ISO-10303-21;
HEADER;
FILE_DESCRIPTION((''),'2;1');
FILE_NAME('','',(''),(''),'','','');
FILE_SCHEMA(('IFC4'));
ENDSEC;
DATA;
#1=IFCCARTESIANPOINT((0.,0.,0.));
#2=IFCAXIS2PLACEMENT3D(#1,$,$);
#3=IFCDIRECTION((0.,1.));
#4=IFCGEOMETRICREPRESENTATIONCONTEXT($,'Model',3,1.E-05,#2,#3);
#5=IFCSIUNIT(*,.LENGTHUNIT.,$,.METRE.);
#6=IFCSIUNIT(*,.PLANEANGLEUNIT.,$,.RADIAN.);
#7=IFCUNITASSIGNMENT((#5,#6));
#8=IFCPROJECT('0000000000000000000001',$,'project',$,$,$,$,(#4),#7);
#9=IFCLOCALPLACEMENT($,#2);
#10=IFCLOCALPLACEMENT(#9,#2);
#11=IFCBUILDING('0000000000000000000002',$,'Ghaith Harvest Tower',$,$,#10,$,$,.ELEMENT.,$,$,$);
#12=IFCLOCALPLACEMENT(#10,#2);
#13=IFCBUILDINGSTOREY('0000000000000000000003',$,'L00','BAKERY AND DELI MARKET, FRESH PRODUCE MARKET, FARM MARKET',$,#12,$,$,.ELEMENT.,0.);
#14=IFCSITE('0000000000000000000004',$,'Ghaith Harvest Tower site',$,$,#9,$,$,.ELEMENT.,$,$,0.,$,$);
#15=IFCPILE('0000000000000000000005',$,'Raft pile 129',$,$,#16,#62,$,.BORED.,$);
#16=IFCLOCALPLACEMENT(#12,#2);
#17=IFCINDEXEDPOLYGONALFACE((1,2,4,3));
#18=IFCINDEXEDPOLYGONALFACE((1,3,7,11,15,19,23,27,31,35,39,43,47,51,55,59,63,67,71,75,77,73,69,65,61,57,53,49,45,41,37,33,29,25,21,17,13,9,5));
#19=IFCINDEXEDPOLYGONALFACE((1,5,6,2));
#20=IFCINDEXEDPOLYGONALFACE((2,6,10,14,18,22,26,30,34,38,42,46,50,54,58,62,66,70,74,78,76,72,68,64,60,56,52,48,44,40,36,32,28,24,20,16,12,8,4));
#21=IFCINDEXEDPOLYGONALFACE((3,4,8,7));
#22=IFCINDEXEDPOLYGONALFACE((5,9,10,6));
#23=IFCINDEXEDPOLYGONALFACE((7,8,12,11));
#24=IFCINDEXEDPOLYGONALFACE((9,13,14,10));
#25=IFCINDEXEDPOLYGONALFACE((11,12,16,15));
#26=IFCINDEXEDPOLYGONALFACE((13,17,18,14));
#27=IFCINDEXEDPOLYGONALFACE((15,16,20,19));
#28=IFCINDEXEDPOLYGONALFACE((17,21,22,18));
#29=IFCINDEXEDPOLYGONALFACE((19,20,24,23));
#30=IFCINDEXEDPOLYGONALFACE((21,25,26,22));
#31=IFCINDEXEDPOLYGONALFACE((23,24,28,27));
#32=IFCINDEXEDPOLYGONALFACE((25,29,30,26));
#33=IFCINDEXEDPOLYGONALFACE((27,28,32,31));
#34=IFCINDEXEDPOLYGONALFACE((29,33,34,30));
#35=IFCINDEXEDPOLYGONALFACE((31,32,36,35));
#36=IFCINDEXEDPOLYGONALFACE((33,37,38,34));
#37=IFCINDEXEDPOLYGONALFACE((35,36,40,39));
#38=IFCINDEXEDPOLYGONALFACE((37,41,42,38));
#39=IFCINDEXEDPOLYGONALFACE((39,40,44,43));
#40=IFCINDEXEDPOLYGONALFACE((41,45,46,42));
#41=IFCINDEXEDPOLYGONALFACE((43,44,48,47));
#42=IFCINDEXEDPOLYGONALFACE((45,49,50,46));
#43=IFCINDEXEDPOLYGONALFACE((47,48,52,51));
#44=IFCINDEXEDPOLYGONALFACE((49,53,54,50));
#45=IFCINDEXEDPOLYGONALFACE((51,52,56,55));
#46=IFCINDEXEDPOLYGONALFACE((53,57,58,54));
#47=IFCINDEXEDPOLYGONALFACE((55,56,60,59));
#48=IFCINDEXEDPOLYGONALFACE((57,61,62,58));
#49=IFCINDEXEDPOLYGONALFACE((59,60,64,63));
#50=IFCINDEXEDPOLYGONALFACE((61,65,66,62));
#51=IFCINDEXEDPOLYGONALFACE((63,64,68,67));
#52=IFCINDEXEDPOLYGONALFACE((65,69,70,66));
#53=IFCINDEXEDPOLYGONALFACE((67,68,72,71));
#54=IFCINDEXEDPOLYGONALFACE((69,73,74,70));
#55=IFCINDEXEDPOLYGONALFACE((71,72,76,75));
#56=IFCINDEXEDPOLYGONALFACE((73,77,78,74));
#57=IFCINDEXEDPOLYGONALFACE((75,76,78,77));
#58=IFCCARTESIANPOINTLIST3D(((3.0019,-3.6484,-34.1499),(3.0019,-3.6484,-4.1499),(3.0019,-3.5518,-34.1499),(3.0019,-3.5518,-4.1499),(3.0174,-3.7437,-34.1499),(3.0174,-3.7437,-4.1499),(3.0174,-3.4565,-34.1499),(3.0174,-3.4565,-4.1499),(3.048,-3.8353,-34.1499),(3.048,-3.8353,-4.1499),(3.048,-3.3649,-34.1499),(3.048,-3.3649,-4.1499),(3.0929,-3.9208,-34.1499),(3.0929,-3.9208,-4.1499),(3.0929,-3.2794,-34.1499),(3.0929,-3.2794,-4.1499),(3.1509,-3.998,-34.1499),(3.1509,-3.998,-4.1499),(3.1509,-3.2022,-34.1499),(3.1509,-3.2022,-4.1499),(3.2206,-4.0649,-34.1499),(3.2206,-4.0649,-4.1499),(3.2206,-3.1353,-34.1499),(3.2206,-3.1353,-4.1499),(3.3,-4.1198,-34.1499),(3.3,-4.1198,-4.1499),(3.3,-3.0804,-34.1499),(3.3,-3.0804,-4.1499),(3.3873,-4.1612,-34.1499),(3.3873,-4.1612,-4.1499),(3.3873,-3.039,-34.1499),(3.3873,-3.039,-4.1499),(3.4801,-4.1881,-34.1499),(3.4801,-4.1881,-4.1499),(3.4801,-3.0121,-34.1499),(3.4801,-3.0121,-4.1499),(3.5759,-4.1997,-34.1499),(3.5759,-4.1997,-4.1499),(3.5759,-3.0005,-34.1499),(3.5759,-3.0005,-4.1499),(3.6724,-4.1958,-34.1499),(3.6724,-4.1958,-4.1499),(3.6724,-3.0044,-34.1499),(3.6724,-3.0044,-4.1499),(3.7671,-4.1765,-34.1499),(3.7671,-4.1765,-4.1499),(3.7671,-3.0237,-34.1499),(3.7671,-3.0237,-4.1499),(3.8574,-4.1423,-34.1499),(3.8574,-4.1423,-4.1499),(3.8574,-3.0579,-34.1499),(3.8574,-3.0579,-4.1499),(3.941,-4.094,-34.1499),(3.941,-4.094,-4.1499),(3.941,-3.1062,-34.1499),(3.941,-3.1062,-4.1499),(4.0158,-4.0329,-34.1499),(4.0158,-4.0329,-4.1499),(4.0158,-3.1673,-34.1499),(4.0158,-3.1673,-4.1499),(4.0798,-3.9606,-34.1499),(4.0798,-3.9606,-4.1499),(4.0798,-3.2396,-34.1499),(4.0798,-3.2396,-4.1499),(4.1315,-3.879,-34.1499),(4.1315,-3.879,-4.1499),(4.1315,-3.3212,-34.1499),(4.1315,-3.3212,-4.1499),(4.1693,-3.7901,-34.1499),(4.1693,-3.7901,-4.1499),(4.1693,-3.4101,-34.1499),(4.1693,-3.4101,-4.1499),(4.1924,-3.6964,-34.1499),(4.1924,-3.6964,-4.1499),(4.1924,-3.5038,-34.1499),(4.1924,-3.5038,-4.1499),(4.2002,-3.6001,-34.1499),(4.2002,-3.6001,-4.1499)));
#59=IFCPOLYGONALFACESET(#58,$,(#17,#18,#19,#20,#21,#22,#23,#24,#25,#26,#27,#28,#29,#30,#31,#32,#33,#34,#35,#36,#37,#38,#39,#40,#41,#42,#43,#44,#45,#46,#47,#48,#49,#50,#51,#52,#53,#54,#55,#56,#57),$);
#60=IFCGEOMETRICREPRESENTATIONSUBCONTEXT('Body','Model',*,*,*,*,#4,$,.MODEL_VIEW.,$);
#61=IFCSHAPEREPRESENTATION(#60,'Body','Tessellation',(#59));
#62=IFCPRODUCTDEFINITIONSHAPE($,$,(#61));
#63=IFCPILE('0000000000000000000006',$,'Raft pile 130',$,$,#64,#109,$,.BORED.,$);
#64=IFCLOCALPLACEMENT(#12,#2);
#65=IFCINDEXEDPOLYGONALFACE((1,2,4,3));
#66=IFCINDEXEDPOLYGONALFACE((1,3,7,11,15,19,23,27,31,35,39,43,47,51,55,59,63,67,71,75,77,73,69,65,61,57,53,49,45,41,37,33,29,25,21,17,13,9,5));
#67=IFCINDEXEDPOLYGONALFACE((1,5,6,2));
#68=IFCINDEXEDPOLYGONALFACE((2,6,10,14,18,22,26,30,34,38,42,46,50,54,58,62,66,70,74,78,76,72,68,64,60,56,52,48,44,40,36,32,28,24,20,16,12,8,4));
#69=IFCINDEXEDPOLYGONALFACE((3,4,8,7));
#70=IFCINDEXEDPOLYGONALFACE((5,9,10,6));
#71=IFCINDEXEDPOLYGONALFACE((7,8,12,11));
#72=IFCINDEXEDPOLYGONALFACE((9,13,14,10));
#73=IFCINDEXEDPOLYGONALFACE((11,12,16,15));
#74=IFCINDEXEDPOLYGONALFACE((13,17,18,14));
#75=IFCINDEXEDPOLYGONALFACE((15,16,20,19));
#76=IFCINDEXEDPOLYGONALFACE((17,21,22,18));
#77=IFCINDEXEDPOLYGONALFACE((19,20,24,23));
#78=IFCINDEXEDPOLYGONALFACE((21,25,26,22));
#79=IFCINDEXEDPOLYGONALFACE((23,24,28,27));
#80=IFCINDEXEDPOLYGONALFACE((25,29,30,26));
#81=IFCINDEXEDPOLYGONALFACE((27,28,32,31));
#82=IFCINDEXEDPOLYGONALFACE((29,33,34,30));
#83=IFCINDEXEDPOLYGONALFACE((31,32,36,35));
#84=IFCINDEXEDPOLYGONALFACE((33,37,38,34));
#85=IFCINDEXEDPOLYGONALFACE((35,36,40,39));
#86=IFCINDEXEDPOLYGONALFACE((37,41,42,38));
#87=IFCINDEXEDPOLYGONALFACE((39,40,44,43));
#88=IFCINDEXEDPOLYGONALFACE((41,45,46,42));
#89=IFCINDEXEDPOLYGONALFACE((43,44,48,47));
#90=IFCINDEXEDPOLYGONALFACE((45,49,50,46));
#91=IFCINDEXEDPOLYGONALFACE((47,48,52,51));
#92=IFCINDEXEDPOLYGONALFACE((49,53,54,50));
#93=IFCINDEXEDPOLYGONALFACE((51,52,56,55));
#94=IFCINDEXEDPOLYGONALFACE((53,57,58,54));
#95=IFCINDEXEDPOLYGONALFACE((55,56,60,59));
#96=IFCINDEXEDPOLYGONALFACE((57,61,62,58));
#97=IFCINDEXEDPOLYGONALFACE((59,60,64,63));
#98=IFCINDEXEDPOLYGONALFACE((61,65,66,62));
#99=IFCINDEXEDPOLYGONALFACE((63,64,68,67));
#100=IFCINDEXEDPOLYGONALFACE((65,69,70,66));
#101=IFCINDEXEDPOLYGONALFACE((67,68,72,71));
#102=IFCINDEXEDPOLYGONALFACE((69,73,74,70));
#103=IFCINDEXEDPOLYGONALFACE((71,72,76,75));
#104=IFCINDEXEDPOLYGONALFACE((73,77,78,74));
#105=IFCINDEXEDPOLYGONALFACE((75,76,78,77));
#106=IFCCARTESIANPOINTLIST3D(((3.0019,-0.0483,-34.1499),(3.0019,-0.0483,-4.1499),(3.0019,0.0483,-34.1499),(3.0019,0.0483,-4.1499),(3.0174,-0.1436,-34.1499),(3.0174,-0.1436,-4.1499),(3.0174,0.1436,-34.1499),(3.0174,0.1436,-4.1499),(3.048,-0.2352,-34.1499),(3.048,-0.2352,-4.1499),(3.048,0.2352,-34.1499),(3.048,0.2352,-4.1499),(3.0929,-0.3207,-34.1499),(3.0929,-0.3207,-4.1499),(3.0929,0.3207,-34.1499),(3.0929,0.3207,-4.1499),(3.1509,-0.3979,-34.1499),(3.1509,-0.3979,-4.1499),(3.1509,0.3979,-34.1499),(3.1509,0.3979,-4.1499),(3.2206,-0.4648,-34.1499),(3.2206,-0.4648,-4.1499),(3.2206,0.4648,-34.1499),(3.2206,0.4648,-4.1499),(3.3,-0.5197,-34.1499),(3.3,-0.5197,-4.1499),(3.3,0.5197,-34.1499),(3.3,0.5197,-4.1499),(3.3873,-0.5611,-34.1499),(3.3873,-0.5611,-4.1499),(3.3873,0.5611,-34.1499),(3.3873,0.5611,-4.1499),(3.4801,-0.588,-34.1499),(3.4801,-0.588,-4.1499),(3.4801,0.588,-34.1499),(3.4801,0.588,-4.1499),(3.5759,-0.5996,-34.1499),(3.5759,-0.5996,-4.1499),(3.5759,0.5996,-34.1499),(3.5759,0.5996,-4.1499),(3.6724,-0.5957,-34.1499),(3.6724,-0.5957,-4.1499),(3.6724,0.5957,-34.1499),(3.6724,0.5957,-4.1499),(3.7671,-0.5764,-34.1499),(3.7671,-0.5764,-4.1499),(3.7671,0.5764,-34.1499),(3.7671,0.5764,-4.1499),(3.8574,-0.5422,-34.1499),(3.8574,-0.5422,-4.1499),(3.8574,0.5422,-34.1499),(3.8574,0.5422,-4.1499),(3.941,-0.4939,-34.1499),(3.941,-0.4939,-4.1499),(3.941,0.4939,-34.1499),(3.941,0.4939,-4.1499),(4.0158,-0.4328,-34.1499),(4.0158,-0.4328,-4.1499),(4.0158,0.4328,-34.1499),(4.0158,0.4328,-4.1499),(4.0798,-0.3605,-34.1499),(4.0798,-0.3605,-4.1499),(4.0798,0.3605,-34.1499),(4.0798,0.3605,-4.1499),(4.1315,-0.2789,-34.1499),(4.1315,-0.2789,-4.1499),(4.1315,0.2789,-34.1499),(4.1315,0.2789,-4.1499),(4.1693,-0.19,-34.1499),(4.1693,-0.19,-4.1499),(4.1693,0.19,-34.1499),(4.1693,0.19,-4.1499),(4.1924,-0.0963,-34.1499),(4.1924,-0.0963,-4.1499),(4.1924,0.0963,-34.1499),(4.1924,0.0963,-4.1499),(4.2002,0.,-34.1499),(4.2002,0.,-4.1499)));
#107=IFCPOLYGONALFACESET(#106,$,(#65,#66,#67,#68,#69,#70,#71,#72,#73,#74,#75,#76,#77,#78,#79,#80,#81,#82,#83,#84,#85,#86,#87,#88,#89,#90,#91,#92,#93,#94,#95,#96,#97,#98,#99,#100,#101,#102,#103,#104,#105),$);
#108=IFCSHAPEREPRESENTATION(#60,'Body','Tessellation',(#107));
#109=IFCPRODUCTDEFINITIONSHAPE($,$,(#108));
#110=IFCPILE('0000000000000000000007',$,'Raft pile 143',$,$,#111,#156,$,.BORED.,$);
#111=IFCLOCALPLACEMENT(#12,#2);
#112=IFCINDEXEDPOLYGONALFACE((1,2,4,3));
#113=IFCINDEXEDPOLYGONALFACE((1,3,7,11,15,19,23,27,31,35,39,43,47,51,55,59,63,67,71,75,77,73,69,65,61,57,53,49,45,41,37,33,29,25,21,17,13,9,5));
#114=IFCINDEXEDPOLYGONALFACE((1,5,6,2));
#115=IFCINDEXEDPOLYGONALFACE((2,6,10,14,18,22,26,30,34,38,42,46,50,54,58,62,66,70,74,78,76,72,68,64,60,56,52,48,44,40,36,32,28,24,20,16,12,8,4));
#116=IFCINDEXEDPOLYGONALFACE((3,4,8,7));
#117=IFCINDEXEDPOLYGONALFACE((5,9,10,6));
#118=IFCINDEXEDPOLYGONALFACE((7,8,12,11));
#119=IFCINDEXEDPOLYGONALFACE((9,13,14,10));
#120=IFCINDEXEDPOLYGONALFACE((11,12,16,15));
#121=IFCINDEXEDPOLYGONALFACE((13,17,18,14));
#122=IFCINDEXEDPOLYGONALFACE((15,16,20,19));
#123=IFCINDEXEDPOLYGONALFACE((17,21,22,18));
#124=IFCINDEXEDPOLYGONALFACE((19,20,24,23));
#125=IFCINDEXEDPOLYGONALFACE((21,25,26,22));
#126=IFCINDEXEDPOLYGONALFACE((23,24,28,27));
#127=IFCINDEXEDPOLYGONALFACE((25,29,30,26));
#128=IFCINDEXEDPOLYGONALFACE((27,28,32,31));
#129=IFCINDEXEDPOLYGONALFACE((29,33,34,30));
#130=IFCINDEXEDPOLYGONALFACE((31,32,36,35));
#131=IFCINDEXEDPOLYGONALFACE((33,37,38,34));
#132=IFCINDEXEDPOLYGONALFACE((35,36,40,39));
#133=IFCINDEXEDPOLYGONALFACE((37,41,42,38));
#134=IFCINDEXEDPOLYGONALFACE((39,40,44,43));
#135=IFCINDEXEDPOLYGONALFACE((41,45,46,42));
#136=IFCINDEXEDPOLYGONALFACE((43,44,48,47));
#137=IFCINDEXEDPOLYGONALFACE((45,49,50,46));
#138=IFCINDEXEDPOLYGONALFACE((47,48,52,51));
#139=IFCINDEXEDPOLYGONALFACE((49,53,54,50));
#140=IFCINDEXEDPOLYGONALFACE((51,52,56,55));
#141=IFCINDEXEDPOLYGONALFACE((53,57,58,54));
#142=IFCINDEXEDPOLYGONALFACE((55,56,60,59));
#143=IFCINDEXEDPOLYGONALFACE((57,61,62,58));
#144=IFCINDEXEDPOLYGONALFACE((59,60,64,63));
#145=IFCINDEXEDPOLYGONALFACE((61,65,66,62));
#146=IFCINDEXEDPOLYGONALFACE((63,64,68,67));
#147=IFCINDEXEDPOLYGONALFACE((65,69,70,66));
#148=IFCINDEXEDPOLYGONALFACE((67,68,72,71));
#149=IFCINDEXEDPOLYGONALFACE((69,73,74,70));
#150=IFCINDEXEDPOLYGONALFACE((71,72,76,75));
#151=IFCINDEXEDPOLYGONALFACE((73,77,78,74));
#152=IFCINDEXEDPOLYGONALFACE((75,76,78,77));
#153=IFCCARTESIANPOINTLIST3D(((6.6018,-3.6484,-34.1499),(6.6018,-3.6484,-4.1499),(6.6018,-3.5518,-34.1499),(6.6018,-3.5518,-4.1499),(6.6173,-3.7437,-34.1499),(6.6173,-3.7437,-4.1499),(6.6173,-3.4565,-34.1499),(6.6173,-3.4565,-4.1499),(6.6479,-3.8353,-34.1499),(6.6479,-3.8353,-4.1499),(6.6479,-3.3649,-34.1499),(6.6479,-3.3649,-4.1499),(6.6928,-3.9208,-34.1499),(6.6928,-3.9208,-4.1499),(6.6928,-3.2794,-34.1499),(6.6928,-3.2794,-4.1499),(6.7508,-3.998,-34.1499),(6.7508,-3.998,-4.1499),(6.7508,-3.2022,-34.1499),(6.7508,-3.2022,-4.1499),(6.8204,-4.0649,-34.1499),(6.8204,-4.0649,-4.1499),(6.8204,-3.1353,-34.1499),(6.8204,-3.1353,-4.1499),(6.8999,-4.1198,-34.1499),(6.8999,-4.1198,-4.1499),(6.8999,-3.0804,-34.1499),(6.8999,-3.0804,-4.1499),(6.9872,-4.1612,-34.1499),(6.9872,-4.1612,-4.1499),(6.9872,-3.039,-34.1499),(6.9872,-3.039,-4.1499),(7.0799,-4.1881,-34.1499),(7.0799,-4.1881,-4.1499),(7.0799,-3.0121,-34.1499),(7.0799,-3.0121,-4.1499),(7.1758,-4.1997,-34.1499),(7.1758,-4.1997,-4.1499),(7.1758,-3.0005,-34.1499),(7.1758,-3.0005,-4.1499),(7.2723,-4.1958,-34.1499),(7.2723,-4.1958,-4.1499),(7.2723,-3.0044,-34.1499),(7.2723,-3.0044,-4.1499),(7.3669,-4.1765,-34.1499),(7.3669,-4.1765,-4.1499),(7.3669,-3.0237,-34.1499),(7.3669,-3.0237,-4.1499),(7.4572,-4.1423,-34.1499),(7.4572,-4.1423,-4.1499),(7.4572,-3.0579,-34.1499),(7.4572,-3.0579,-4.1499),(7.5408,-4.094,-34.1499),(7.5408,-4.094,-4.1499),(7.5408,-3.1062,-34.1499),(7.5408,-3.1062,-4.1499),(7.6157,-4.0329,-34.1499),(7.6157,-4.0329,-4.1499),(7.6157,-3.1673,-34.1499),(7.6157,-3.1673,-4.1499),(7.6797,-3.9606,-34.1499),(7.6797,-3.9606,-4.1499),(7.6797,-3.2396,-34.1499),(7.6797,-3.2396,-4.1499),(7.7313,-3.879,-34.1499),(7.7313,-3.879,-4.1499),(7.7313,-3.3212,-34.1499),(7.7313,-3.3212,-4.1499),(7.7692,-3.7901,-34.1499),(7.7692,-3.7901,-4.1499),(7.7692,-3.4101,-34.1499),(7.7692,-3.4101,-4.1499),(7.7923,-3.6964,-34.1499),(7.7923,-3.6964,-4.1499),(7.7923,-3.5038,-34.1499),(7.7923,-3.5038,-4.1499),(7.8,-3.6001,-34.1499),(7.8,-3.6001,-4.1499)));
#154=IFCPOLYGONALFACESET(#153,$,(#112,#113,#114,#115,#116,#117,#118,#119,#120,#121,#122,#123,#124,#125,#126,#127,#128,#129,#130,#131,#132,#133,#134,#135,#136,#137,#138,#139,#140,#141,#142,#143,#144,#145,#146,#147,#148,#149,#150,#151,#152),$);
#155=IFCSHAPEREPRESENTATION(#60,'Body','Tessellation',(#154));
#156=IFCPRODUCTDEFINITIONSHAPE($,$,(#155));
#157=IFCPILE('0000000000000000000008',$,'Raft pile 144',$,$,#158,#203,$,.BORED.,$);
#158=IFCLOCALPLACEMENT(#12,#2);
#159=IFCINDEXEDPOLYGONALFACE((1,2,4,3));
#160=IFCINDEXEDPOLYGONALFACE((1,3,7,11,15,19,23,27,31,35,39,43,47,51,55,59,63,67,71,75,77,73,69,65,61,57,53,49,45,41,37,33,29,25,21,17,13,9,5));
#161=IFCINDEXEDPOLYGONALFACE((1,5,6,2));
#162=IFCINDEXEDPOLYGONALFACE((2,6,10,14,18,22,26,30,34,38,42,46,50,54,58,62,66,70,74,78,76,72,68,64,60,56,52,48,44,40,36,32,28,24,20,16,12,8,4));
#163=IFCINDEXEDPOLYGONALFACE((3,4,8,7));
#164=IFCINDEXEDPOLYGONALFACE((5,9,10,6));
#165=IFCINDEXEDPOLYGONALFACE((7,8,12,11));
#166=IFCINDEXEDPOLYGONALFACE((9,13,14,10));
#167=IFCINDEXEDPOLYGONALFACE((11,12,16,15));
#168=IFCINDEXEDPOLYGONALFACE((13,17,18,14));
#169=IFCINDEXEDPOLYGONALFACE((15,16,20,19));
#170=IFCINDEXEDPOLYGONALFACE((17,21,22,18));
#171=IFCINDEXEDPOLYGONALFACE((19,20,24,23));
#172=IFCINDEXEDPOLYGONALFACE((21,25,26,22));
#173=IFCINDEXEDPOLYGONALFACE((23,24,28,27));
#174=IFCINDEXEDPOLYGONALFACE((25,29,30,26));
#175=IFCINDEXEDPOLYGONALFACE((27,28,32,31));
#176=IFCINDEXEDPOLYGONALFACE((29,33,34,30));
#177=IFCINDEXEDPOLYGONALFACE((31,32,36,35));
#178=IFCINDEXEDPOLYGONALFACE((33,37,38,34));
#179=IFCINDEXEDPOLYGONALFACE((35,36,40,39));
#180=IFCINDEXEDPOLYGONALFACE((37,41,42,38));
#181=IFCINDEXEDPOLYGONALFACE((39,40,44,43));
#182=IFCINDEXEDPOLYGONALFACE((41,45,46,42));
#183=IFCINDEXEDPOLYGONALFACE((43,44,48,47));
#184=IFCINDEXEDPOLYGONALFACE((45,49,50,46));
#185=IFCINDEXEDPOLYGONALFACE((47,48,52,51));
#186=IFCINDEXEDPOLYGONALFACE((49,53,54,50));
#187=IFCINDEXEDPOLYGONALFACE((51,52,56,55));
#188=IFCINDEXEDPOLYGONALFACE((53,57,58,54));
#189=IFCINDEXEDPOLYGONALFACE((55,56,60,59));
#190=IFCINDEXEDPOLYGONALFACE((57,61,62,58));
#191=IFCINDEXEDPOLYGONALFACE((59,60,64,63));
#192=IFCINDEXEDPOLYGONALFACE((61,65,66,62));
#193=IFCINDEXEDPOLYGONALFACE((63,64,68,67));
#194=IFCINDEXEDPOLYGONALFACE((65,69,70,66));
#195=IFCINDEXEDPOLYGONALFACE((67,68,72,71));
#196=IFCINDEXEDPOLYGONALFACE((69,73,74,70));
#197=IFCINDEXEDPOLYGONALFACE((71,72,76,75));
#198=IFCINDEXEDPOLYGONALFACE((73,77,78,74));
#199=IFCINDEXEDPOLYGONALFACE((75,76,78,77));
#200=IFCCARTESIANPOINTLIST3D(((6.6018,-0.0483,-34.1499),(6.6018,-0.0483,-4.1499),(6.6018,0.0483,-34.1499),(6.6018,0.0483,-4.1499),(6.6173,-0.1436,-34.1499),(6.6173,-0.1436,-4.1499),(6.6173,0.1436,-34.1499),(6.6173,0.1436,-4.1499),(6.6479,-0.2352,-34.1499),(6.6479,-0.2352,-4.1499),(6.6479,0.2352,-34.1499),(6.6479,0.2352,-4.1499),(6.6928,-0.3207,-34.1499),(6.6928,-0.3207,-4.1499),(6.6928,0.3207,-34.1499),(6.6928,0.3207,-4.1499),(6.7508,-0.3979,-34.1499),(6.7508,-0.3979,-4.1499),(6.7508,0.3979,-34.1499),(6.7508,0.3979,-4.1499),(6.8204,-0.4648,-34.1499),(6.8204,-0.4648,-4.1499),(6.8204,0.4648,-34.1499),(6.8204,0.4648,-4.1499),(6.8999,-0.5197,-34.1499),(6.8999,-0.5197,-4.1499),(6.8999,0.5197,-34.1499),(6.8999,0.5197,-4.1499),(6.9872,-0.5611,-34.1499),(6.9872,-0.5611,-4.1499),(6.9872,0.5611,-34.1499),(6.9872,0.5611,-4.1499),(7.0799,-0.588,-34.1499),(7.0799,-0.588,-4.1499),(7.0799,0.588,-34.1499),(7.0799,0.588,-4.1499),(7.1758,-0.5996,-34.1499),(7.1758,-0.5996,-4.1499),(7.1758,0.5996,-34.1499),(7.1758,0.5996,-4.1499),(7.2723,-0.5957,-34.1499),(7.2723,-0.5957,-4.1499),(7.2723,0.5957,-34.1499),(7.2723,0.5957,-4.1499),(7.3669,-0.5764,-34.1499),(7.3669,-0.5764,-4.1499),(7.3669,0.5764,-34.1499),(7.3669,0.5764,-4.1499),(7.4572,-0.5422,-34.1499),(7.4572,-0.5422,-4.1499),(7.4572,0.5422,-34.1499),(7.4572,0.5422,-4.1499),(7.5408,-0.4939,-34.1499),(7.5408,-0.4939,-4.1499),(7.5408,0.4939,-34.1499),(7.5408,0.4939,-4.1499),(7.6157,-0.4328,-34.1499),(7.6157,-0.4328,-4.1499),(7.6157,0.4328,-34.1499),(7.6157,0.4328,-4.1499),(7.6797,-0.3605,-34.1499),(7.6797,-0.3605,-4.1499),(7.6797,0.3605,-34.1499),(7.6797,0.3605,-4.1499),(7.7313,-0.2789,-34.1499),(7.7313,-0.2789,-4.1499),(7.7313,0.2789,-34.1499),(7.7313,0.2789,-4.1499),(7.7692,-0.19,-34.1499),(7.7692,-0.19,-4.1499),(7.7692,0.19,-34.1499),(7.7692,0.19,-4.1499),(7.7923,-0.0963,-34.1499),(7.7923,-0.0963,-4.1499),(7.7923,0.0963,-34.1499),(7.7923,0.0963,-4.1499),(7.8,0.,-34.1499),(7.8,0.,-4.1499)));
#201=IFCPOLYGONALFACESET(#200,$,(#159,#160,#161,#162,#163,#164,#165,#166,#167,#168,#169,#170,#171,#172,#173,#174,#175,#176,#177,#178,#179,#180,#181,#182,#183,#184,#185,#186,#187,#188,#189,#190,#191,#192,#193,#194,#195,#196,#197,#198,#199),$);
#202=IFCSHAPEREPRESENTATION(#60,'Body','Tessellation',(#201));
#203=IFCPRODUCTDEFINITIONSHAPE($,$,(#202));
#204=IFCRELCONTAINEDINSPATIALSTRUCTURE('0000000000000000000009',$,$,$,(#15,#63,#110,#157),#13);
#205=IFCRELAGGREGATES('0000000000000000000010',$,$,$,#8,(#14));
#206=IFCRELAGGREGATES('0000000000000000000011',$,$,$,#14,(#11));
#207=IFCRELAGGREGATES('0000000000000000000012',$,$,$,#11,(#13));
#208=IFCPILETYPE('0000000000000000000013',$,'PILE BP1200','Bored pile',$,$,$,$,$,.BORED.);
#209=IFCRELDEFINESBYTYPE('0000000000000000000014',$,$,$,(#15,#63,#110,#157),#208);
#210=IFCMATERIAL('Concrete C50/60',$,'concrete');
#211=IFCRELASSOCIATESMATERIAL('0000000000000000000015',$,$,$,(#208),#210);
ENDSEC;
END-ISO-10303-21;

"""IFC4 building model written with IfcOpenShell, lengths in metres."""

from ifc_helpers import new_model, si_unit, direction, frame, origin, origin_2d, place, context, subcontext, project, spatial, circle, extrude, material, material_profile, profile_set, type_object, element, save


model = new_model("IFC4")

# Units and contexts
model_context = context("Model", 3, precision=1e-05, world=origin(), true_north=direction((0.0, 1.0)))
body_context = subcontext(model_context, "Body", "Model", "MODEL_VIEW")
ifc_project = project(units=[si_unit("LENGTHUNIT", "METRE"), si_unit("PLANEANGLEUNIT", "RADIAN")], contexts=[model_context])

# Site, building, storey
site_placement = place(None, origin())
site = spatial("IfcSite", under=ifc_project, at=site_placement, Name="Ghaith Harvest Tower site", CompositionType="ELEMENT", RefElevation=0.0)
building_placement = place(site_placement, origin())
building = spatial("IfcBuilding", under=site, at=building_placement, Name="Ghaith Harvest Tower", CompositionType="ELEMENT")
storey_placement = place(building_placement, origin())
storey = spatial("IfcBuildingStorey", under=building, at=storey_placement, Name="L00", Description="BAKERY AND DELI MARKET, FRESH PRODUCE MARKET, FARM MARKET", CompositionType="ELEMENT", Elevation=0.0)

# Piles
ifc_material_1 = material(Name="Concrete C50/60", Category="concrete")
ifc_material_profile = material_profile(ifc_material_1, circle(Radius=0.6001, at=origin_2d()), Name="PILE1200")
ifc_profile_set = profile_set([ifc_material_profile], Name="Concrete C50/60")
pile_type = type_object("IfcPileType", Name="PILE BP1200", Description="Bored pile", PredefinedType="BORED", material=ifc_profile_set)
for number, where, z_axis, x_axis, name in (
    (1, (3.6001, -3.6001, -4.1499), (0.0, 0.0, -1.0), (1.0, 0.0, 0.0), "Raft pile 129"),
    (2, (3.6001, 0.0, -4.1499), (0.0, 0.0, -1.0), (1.0, 0.0, 0.0), "Raft pile 130"),
    (3, (7.2, -3.6001, -4.1499), (0.0, 0.0, -1.0), (1.0, 0.0, 0.0), "Raft pile 143"),
    (4, (7.2, 0.0, -4.1499), (0.0, 0.0, -1.0), (1.0, 0.0, 0.0), "Raft pile 144"),
):
    element("IfcPile", number, at=place(storey_placement, frame(where, z_axis=z_axis, x_axis=x_axis)), inside=storey, type_object=pile_type, Name=name, PredefinedType="BORED", context=body_context, shape_type="SweptSolid", body=[
        extrude(circle(Radius=0.6001, at=origin_2d()), origin(), (0.0, 0.0, 1.0), 30.0),
    ])

save(model, "model.ifc")
